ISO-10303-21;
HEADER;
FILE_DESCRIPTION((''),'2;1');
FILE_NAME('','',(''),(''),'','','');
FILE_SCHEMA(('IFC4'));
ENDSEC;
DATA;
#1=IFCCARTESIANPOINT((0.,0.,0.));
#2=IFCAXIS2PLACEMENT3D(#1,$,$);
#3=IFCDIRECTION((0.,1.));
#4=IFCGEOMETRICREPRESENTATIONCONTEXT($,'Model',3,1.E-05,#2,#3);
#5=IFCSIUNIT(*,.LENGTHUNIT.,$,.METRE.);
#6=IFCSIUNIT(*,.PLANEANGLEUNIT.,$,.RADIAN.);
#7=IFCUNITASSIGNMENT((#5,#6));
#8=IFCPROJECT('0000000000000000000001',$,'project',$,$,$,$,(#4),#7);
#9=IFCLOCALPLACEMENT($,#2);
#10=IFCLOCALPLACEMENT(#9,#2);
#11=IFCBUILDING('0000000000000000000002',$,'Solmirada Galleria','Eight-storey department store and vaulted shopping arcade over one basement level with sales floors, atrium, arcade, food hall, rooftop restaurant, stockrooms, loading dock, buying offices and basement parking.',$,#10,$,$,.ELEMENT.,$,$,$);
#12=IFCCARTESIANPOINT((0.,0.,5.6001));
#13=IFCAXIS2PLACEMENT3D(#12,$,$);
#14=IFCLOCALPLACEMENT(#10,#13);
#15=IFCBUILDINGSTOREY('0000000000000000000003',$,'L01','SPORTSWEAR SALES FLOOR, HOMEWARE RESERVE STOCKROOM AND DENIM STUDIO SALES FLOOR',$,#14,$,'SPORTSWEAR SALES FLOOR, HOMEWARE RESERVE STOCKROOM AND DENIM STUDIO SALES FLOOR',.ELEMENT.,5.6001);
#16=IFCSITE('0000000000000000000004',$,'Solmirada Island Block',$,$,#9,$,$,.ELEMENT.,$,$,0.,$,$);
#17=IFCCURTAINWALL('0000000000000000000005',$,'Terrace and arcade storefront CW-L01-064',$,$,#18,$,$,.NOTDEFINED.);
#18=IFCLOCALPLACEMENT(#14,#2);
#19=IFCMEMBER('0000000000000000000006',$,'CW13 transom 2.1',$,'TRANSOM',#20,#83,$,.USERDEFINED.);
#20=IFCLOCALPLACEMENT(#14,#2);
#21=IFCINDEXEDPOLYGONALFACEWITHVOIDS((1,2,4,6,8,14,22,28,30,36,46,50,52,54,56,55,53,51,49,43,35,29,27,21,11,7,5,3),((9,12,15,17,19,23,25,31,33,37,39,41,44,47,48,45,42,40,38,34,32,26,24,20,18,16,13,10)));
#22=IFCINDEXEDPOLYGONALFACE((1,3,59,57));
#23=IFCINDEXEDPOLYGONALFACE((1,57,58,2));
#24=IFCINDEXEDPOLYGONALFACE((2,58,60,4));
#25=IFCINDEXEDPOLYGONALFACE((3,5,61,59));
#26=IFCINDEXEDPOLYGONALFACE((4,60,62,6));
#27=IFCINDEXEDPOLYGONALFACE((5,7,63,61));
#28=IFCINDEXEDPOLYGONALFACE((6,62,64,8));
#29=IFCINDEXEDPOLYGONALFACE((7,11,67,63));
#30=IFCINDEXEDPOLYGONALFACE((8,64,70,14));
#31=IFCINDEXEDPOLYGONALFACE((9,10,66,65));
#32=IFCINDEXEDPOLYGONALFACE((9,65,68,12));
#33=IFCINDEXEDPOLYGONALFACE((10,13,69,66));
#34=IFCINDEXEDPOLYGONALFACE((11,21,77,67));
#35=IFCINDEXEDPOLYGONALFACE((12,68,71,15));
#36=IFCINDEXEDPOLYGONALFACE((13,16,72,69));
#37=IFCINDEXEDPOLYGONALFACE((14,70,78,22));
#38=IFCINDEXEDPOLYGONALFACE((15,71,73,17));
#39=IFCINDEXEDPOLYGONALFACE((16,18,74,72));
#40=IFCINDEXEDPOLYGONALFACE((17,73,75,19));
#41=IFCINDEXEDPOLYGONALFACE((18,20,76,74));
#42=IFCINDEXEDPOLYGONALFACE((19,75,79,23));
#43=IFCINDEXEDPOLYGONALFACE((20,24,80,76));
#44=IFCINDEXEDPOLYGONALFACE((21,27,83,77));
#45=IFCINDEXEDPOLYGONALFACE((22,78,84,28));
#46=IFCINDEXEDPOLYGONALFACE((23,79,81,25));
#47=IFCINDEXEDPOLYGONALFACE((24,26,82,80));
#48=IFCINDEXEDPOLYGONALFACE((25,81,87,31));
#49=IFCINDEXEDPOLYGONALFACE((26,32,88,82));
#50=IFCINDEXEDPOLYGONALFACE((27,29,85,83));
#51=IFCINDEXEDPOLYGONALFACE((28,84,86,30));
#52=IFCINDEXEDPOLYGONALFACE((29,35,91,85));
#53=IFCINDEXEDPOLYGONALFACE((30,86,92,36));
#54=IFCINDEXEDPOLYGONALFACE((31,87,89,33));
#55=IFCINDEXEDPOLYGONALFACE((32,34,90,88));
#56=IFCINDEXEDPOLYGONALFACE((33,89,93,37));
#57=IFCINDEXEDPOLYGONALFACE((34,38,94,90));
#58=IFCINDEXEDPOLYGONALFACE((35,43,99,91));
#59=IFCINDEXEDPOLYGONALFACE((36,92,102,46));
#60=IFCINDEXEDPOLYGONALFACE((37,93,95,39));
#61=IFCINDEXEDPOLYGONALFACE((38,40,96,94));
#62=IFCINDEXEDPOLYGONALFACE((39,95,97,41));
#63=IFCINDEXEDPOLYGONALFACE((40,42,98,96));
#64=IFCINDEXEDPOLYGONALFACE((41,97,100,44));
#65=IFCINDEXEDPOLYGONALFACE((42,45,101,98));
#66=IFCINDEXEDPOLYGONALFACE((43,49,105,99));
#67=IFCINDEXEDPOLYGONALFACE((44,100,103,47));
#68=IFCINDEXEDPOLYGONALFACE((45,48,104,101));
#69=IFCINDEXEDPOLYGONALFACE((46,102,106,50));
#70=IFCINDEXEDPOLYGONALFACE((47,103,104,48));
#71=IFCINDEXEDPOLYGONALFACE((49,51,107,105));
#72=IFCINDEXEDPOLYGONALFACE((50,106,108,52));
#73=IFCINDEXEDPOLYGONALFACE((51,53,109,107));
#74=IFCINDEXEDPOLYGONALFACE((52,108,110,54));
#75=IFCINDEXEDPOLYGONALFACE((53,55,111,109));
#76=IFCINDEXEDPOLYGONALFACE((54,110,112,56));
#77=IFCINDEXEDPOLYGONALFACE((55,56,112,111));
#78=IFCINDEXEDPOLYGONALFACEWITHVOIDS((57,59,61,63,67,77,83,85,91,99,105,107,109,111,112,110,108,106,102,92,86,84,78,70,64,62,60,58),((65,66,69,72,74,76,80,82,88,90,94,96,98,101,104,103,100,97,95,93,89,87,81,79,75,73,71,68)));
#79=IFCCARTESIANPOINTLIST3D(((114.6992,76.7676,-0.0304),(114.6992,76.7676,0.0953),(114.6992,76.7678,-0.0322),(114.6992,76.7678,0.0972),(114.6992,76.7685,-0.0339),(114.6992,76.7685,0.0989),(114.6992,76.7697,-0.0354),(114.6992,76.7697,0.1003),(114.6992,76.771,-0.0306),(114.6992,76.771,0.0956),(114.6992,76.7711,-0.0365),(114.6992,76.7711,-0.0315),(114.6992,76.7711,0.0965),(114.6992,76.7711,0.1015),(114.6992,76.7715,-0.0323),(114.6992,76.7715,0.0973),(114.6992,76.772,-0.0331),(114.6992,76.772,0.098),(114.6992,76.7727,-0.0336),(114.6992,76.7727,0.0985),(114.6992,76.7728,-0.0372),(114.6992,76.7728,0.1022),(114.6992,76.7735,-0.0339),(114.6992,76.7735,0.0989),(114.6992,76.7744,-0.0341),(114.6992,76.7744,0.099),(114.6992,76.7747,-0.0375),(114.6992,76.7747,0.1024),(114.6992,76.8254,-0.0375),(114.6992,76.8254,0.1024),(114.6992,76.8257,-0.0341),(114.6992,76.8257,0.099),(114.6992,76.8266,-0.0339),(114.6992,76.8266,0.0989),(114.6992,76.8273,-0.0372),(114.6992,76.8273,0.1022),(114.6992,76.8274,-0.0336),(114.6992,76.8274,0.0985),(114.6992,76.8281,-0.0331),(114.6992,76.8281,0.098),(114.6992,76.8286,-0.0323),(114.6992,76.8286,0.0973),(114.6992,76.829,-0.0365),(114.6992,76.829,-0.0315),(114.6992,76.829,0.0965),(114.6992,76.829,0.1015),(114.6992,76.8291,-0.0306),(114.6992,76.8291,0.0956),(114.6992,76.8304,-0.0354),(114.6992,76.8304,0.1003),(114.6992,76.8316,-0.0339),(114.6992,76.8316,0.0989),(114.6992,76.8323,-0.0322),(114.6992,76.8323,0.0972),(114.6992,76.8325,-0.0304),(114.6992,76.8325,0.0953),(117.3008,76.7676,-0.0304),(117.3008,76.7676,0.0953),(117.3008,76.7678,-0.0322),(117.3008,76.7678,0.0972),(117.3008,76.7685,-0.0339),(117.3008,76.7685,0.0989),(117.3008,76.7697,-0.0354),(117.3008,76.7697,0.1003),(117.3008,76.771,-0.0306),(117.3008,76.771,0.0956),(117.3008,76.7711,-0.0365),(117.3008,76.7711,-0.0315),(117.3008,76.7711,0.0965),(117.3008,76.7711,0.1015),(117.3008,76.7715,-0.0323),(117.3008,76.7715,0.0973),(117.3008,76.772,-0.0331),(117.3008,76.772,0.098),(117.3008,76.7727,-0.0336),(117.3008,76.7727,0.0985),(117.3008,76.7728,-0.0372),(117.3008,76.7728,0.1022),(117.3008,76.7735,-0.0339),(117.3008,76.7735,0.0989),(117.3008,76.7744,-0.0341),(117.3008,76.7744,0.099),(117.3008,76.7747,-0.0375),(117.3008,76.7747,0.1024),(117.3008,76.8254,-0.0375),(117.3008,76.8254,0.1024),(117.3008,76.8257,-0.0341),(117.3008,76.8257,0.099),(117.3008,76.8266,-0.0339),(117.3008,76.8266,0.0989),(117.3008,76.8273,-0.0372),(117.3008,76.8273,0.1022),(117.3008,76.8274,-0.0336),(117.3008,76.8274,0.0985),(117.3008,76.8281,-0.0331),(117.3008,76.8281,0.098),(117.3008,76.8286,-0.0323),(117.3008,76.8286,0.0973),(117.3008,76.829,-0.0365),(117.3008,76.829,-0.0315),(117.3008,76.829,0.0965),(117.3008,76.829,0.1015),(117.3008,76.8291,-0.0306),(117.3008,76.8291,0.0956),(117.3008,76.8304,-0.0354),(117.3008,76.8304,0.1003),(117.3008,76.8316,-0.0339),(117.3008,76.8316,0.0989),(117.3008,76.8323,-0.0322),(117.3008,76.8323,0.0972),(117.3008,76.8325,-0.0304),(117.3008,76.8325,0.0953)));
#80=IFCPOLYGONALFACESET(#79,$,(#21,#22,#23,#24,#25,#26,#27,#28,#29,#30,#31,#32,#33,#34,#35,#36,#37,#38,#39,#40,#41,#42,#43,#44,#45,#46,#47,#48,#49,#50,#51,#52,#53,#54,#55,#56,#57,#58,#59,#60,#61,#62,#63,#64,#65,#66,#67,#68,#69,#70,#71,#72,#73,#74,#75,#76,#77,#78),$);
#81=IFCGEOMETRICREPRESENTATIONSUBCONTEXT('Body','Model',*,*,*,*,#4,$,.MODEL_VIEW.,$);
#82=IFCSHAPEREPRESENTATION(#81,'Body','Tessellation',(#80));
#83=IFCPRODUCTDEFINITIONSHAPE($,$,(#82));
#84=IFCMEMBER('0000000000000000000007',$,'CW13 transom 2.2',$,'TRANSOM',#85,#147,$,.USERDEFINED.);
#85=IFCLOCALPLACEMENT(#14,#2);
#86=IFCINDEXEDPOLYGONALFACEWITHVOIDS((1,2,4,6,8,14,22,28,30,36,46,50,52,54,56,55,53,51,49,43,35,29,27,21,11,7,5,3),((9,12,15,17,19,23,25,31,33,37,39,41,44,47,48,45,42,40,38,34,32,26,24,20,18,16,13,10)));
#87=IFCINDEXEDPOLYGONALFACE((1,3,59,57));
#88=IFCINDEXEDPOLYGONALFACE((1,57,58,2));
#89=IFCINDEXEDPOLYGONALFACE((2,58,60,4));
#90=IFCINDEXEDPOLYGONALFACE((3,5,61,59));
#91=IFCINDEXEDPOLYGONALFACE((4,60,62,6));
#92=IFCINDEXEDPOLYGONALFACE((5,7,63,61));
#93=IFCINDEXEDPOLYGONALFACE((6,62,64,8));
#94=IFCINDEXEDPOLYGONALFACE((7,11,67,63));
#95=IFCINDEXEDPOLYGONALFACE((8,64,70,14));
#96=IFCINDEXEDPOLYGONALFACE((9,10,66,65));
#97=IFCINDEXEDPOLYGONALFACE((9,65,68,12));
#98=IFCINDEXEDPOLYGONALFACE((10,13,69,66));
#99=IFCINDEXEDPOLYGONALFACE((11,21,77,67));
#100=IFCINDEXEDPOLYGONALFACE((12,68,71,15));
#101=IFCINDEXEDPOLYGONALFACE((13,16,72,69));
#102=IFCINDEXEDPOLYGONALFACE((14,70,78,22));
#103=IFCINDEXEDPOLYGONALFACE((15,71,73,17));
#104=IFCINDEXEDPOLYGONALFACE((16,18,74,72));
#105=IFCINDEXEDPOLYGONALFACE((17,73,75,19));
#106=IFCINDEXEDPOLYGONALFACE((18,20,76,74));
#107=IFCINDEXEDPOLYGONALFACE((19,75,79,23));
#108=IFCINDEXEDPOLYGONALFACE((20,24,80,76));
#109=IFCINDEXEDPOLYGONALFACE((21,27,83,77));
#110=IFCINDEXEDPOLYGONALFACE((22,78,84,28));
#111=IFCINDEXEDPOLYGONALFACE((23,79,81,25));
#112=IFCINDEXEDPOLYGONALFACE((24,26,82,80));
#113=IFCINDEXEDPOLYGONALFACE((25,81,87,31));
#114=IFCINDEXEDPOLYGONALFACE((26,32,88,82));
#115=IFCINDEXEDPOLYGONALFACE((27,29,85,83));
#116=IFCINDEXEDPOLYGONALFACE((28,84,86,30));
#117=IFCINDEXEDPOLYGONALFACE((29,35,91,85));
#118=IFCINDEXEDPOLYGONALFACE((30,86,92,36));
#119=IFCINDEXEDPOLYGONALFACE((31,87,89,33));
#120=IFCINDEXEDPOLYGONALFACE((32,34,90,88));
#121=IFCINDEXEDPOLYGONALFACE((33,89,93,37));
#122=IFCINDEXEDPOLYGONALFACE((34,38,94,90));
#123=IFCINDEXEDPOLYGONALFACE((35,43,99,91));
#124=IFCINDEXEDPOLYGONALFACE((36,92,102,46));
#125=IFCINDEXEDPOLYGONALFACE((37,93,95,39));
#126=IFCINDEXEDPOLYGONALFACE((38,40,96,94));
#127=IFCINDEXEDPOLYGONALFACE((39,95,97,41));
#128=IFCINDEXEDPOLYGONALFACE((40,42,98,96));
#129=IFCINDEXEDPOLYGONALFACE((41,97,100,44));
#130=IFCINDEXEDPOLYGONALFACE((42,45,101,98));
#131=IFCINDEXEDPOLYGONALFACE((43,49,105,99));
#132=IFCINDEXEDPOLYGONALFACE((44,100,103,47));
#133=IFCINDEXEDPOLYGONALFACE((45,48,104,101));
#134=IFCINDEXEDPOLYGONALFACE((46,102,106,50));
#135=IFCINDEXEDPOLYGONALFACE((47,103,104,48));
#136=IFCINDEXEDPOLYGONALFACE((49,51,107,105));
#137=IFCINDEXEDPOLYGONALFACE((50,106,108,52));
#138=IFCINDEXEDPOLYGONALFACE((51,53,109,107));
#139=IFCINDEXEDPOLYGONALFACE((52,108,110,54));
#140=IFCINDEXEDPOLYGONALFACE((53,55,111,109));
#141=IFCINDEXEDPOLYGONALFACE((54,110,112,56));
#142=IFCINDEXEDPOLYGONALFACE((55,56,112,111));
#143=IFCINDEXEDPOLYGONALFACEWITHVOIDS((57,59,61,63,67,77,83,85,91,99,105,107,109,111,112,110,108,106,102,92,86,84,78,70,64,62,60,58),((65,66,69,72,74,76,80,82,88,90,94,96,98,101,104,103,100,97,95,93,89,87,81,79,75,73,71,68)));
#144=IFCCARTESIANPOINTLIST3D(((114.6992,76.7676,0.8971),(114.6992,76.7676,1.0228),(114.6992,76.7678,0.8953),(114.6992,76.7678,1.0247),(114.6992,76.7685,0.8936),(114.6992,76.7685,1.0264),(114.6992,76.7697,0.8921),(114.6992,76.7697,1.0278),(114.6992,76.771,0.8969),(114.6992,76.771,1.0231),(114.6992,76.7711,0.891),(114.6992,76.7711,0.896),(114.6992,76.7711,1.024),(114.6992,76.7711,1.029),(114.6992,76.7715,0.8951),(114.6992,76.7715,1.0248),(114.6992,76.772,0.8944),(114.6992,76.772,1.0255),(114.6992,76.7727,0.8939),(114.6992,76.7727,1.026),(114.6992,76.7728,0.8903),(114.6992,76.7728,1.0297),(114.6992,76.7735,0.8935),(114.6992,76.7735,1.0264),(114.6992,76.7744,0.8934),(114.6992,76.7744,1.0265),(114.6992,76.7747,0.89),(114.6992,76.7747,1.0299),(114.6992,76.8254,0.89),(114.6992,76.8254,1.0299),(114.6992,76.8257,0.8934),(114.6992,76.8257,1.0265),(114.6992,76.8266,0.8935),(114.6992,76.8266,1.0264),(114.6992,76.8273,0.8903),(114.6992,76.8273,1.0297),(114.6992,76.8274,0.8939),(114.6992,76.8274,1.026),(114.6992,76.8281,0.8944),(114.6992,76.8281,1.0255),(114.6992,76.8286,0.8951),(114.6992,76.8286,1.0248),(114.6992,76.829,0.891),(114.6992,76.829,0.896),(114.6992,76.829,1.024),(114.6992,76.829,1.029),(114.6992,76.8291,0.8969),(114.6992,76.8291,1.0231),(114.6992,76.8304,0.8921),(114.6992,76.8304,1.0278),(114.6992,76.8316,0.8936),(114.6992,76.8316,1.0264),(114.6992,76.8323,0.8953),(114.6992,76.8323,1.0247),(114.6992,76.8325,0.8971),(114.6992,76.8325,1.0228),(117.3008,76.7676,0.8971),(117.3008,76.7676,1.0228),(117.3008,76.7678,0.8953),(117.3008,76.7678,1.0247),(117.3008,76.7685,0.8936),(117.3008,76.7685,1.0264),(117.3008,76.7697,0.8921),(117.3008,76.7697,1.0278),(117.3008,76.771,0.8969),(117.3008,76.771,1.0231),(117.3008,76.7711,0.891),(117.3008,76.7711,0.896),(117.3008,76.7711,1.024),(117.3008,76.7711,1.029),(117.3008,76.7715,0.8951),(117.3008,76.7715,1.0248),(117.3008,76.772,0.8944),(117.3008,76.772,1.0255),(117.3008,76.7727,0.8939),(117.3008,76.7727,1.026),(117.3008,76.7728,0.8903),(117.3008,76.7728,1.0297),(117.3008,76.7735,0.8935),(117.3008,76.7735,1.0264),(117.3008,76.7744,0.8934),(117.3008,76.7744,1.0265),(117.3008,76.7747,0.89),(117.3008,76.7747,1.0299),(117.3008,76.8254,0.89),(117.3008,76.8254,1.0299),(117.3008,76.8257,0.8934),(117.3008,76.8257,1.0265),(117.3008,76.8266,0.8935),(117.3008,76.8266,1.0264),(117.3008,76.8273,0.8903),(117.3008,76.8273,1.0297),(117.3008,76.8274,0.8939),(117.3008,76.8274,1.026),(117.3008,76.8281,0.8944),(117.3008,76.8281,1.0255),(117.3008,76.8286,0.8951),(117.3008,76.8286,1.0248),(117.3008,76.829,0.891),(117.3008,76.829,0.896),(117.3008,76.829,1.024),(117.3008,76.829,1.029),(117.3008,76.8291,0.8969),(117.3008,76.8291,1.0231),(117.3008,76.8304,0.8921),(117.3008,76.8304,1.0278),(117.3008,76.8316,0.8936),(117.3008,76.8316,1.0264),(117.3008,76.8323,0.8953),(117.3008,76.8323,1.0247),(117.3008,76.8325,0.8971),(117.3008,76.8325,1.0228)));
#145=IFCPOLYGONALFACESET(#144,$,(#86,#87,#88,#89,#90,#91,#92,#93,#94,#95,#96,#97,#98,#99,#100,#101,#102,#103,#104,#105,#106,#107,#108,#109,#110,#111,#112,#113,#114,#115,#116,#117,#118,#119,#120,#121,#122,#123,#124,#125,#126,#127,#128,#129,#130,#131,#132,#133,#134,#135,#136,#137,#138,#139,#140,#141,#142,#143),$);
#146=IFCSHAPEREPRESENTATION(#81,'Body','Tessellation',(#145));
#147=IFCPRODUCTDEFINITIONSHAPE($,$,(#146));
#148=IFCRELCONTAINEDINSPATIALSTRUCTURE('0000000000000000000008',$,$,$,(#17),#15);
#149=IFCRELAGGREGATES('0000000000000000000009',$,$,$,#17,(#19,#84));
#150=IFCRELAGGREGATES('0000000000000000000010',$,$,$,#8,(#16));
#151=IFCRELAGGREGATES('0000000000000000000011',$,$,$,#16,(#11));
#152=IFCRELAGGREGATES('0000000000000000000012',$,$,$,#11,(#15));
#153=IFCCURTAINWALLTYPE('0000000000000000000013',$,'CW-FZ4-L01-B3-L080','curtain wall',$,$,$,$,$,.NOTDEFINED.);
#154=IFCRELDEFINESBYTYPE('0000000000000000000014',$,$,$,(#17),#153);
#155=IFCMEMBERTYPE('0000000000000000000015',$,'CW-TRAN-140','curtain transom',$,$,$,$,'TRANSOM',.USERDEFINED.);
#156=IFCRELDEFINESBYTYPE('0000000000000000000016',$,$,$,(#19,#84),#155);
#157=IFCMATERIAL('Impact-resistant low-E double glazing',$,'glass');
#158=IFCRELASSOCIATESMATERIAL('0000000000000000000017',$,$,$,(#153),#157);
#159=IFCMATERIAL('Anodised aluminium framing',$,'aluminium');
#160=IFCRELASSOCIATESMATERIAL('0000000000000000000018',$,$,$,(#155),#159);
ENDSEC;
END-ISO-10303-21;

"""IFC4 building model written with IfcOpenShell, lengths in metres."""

from ifc_helpers import new_model, si_unit, direction, frame, origin, origin_2d, place, context, subcontext, project, spatial, hollow_rectangle, extrude, material, material_profile, profile_set, type_object, element, aggregate, save


model = new_model("IFC4")

# Units and contexts
model_context = context("Model", 3, precision=1e-05, world=origin(), true_north=direction((0.0, 1.0)))
body_context = subcontext(model_context, "Body", "Model", "MODEL_VIEW")
ifc_project = project(units=[si_unit("LENGTHUNIT", "METRE"), si_unit("PLANEANGLEUNIT", "RADIAN")], contexts=[model_context])

# Site, building, storey
site_placement = place(None, origin())
site = spatial("IfcSite", under=ifc_project, at=site_placement, Name="Solmirada Island Block", CompositionType="ELEMENT", RefElevation=0.0)
building_placement = place(site_placement, origin())
building = spatial("IfcBuilding", under=site, at=building_placement, Name="Solmirada Galleria", Description="Eight-storey department store and vaulted shopping arcade over one basement level with sales floors, atrium, arcade, food hall, rooftop restaurant, stockrooms, loading dock, buying offices and basement parking.", CompositionType="ELEMENT")
storey_placement = place(building_placement, frame((0.0, 0.0, 5.6001)))
storey = spatial("IfcBuildingStorey", under=building, at=storey_placement, Name="L01", Description="SPORTSWEAR SALES FLOOR, HOMEWARE RESERVE STOCKROOM AND DENIM STUDIO SALES FLOOR", LongName="SPORTSWEAR SALES FLOOR, HOMEWARE RESERVE STOCKROOM AND DENIM STUDIO SALES FLOOR", CompositionType="ELEMENT", Elevation=5.6001)

# Curtain wall
ifc_material_1 = material(Name="Impact-resistant low-E double glazing", Category="glass")
curtain_wall_type_1 = type_object("IfcCurtainWallType", Name="CW-FZ4-L01-B3-L080", Description="curtain wall", PredefinedType="NOTDEFINED", material=ifc_material_1)
curtain_wall_1_placement = place(storey_placement, origin())
curtain_wall_1 = element("IfcCurtainWall", 1, at=curtain_wall_1_placement, inside=storey, type_object=curtain_wall_type_1, Name="Terrace and arcade storefront CW-L01-064", PredefinedType="NOTDEFINED")
ifc_material_2 = material(Name="Anodised aluminium framing", Category="aluminium")
ifc_material_profile_1 = material_profile(ifc_material_2, hollow_rectangle(XDim=0.0649, YDim=0.1399, WallThickness=0.0034, InnerFilletRadius=0.0034, OuterFilletRadius=0.0071, at=origin_2d()), Name="ALU-TRAN-140X65")
ifc_profile_set_1 = profile_set([ifc_material_profile_1], Name="Anodised aluminium framing")
member_type_1 = type_object("IfcMemberType", Name="CW-TRAN-140", Description="curtain transom", ElementType="TRANSOM", PredefinedType="USERDEFINED", material=ifc_profile_set_1)

# Members
member_1_placement = place(storey_placement, frame((117.3008, 76.8, 0.0325), z_axis=(-1.0, 0.0, 0.0), x_axis=(0.0, -1.0, 0.0)))
member_1 = element("IfcMember", 2, at=member_1_placement, type_object=member_type_1, Name="CW13 transom 2.1", ObjectType="TRANSOM", PredefinedType="USERDEFINED", context=body_context, shape_type="SweptSolid", body=[
    extrude(hollow_rectangle(XDim=0.0649, YDim=0.1399, WallThickness=0.0034, InnerFilletRadius=0.0034, OuterFilletRadius=0.0071, at=origin_2d()), origin(), (0.0, 0.0, 1.0), 2.6016),
])
member_2_placement = place(storey_placement, frame((117.3008, 76.8, 0.96), z_axis=(-1.0, 0.0, 0.0), x_axis=(0.0, -1.0, 0.0)))
member_2 = element("IfcMember", 3, at=member_2_placement, type_object=member_type_1, Name="CW13 transom 2.2", ObjectType="TRANSOM", PredefinedType="USERDEFINED", context=body_context, shape_type="SweptSolid", body=[
    extrude(hollow_rectangle(XDim=0.0649, YDim=0.1399, WallThickness=0.0034, InnerFilletRadius=0.0034, OuterFilletRadius=0.0071, at=origin_2d()), origin(), (0.0, 0.0, 1.0), 2.6016),
])

aggregate(curtain_wall_1, [member_1, member_2])

save(model, "model.ifc")
